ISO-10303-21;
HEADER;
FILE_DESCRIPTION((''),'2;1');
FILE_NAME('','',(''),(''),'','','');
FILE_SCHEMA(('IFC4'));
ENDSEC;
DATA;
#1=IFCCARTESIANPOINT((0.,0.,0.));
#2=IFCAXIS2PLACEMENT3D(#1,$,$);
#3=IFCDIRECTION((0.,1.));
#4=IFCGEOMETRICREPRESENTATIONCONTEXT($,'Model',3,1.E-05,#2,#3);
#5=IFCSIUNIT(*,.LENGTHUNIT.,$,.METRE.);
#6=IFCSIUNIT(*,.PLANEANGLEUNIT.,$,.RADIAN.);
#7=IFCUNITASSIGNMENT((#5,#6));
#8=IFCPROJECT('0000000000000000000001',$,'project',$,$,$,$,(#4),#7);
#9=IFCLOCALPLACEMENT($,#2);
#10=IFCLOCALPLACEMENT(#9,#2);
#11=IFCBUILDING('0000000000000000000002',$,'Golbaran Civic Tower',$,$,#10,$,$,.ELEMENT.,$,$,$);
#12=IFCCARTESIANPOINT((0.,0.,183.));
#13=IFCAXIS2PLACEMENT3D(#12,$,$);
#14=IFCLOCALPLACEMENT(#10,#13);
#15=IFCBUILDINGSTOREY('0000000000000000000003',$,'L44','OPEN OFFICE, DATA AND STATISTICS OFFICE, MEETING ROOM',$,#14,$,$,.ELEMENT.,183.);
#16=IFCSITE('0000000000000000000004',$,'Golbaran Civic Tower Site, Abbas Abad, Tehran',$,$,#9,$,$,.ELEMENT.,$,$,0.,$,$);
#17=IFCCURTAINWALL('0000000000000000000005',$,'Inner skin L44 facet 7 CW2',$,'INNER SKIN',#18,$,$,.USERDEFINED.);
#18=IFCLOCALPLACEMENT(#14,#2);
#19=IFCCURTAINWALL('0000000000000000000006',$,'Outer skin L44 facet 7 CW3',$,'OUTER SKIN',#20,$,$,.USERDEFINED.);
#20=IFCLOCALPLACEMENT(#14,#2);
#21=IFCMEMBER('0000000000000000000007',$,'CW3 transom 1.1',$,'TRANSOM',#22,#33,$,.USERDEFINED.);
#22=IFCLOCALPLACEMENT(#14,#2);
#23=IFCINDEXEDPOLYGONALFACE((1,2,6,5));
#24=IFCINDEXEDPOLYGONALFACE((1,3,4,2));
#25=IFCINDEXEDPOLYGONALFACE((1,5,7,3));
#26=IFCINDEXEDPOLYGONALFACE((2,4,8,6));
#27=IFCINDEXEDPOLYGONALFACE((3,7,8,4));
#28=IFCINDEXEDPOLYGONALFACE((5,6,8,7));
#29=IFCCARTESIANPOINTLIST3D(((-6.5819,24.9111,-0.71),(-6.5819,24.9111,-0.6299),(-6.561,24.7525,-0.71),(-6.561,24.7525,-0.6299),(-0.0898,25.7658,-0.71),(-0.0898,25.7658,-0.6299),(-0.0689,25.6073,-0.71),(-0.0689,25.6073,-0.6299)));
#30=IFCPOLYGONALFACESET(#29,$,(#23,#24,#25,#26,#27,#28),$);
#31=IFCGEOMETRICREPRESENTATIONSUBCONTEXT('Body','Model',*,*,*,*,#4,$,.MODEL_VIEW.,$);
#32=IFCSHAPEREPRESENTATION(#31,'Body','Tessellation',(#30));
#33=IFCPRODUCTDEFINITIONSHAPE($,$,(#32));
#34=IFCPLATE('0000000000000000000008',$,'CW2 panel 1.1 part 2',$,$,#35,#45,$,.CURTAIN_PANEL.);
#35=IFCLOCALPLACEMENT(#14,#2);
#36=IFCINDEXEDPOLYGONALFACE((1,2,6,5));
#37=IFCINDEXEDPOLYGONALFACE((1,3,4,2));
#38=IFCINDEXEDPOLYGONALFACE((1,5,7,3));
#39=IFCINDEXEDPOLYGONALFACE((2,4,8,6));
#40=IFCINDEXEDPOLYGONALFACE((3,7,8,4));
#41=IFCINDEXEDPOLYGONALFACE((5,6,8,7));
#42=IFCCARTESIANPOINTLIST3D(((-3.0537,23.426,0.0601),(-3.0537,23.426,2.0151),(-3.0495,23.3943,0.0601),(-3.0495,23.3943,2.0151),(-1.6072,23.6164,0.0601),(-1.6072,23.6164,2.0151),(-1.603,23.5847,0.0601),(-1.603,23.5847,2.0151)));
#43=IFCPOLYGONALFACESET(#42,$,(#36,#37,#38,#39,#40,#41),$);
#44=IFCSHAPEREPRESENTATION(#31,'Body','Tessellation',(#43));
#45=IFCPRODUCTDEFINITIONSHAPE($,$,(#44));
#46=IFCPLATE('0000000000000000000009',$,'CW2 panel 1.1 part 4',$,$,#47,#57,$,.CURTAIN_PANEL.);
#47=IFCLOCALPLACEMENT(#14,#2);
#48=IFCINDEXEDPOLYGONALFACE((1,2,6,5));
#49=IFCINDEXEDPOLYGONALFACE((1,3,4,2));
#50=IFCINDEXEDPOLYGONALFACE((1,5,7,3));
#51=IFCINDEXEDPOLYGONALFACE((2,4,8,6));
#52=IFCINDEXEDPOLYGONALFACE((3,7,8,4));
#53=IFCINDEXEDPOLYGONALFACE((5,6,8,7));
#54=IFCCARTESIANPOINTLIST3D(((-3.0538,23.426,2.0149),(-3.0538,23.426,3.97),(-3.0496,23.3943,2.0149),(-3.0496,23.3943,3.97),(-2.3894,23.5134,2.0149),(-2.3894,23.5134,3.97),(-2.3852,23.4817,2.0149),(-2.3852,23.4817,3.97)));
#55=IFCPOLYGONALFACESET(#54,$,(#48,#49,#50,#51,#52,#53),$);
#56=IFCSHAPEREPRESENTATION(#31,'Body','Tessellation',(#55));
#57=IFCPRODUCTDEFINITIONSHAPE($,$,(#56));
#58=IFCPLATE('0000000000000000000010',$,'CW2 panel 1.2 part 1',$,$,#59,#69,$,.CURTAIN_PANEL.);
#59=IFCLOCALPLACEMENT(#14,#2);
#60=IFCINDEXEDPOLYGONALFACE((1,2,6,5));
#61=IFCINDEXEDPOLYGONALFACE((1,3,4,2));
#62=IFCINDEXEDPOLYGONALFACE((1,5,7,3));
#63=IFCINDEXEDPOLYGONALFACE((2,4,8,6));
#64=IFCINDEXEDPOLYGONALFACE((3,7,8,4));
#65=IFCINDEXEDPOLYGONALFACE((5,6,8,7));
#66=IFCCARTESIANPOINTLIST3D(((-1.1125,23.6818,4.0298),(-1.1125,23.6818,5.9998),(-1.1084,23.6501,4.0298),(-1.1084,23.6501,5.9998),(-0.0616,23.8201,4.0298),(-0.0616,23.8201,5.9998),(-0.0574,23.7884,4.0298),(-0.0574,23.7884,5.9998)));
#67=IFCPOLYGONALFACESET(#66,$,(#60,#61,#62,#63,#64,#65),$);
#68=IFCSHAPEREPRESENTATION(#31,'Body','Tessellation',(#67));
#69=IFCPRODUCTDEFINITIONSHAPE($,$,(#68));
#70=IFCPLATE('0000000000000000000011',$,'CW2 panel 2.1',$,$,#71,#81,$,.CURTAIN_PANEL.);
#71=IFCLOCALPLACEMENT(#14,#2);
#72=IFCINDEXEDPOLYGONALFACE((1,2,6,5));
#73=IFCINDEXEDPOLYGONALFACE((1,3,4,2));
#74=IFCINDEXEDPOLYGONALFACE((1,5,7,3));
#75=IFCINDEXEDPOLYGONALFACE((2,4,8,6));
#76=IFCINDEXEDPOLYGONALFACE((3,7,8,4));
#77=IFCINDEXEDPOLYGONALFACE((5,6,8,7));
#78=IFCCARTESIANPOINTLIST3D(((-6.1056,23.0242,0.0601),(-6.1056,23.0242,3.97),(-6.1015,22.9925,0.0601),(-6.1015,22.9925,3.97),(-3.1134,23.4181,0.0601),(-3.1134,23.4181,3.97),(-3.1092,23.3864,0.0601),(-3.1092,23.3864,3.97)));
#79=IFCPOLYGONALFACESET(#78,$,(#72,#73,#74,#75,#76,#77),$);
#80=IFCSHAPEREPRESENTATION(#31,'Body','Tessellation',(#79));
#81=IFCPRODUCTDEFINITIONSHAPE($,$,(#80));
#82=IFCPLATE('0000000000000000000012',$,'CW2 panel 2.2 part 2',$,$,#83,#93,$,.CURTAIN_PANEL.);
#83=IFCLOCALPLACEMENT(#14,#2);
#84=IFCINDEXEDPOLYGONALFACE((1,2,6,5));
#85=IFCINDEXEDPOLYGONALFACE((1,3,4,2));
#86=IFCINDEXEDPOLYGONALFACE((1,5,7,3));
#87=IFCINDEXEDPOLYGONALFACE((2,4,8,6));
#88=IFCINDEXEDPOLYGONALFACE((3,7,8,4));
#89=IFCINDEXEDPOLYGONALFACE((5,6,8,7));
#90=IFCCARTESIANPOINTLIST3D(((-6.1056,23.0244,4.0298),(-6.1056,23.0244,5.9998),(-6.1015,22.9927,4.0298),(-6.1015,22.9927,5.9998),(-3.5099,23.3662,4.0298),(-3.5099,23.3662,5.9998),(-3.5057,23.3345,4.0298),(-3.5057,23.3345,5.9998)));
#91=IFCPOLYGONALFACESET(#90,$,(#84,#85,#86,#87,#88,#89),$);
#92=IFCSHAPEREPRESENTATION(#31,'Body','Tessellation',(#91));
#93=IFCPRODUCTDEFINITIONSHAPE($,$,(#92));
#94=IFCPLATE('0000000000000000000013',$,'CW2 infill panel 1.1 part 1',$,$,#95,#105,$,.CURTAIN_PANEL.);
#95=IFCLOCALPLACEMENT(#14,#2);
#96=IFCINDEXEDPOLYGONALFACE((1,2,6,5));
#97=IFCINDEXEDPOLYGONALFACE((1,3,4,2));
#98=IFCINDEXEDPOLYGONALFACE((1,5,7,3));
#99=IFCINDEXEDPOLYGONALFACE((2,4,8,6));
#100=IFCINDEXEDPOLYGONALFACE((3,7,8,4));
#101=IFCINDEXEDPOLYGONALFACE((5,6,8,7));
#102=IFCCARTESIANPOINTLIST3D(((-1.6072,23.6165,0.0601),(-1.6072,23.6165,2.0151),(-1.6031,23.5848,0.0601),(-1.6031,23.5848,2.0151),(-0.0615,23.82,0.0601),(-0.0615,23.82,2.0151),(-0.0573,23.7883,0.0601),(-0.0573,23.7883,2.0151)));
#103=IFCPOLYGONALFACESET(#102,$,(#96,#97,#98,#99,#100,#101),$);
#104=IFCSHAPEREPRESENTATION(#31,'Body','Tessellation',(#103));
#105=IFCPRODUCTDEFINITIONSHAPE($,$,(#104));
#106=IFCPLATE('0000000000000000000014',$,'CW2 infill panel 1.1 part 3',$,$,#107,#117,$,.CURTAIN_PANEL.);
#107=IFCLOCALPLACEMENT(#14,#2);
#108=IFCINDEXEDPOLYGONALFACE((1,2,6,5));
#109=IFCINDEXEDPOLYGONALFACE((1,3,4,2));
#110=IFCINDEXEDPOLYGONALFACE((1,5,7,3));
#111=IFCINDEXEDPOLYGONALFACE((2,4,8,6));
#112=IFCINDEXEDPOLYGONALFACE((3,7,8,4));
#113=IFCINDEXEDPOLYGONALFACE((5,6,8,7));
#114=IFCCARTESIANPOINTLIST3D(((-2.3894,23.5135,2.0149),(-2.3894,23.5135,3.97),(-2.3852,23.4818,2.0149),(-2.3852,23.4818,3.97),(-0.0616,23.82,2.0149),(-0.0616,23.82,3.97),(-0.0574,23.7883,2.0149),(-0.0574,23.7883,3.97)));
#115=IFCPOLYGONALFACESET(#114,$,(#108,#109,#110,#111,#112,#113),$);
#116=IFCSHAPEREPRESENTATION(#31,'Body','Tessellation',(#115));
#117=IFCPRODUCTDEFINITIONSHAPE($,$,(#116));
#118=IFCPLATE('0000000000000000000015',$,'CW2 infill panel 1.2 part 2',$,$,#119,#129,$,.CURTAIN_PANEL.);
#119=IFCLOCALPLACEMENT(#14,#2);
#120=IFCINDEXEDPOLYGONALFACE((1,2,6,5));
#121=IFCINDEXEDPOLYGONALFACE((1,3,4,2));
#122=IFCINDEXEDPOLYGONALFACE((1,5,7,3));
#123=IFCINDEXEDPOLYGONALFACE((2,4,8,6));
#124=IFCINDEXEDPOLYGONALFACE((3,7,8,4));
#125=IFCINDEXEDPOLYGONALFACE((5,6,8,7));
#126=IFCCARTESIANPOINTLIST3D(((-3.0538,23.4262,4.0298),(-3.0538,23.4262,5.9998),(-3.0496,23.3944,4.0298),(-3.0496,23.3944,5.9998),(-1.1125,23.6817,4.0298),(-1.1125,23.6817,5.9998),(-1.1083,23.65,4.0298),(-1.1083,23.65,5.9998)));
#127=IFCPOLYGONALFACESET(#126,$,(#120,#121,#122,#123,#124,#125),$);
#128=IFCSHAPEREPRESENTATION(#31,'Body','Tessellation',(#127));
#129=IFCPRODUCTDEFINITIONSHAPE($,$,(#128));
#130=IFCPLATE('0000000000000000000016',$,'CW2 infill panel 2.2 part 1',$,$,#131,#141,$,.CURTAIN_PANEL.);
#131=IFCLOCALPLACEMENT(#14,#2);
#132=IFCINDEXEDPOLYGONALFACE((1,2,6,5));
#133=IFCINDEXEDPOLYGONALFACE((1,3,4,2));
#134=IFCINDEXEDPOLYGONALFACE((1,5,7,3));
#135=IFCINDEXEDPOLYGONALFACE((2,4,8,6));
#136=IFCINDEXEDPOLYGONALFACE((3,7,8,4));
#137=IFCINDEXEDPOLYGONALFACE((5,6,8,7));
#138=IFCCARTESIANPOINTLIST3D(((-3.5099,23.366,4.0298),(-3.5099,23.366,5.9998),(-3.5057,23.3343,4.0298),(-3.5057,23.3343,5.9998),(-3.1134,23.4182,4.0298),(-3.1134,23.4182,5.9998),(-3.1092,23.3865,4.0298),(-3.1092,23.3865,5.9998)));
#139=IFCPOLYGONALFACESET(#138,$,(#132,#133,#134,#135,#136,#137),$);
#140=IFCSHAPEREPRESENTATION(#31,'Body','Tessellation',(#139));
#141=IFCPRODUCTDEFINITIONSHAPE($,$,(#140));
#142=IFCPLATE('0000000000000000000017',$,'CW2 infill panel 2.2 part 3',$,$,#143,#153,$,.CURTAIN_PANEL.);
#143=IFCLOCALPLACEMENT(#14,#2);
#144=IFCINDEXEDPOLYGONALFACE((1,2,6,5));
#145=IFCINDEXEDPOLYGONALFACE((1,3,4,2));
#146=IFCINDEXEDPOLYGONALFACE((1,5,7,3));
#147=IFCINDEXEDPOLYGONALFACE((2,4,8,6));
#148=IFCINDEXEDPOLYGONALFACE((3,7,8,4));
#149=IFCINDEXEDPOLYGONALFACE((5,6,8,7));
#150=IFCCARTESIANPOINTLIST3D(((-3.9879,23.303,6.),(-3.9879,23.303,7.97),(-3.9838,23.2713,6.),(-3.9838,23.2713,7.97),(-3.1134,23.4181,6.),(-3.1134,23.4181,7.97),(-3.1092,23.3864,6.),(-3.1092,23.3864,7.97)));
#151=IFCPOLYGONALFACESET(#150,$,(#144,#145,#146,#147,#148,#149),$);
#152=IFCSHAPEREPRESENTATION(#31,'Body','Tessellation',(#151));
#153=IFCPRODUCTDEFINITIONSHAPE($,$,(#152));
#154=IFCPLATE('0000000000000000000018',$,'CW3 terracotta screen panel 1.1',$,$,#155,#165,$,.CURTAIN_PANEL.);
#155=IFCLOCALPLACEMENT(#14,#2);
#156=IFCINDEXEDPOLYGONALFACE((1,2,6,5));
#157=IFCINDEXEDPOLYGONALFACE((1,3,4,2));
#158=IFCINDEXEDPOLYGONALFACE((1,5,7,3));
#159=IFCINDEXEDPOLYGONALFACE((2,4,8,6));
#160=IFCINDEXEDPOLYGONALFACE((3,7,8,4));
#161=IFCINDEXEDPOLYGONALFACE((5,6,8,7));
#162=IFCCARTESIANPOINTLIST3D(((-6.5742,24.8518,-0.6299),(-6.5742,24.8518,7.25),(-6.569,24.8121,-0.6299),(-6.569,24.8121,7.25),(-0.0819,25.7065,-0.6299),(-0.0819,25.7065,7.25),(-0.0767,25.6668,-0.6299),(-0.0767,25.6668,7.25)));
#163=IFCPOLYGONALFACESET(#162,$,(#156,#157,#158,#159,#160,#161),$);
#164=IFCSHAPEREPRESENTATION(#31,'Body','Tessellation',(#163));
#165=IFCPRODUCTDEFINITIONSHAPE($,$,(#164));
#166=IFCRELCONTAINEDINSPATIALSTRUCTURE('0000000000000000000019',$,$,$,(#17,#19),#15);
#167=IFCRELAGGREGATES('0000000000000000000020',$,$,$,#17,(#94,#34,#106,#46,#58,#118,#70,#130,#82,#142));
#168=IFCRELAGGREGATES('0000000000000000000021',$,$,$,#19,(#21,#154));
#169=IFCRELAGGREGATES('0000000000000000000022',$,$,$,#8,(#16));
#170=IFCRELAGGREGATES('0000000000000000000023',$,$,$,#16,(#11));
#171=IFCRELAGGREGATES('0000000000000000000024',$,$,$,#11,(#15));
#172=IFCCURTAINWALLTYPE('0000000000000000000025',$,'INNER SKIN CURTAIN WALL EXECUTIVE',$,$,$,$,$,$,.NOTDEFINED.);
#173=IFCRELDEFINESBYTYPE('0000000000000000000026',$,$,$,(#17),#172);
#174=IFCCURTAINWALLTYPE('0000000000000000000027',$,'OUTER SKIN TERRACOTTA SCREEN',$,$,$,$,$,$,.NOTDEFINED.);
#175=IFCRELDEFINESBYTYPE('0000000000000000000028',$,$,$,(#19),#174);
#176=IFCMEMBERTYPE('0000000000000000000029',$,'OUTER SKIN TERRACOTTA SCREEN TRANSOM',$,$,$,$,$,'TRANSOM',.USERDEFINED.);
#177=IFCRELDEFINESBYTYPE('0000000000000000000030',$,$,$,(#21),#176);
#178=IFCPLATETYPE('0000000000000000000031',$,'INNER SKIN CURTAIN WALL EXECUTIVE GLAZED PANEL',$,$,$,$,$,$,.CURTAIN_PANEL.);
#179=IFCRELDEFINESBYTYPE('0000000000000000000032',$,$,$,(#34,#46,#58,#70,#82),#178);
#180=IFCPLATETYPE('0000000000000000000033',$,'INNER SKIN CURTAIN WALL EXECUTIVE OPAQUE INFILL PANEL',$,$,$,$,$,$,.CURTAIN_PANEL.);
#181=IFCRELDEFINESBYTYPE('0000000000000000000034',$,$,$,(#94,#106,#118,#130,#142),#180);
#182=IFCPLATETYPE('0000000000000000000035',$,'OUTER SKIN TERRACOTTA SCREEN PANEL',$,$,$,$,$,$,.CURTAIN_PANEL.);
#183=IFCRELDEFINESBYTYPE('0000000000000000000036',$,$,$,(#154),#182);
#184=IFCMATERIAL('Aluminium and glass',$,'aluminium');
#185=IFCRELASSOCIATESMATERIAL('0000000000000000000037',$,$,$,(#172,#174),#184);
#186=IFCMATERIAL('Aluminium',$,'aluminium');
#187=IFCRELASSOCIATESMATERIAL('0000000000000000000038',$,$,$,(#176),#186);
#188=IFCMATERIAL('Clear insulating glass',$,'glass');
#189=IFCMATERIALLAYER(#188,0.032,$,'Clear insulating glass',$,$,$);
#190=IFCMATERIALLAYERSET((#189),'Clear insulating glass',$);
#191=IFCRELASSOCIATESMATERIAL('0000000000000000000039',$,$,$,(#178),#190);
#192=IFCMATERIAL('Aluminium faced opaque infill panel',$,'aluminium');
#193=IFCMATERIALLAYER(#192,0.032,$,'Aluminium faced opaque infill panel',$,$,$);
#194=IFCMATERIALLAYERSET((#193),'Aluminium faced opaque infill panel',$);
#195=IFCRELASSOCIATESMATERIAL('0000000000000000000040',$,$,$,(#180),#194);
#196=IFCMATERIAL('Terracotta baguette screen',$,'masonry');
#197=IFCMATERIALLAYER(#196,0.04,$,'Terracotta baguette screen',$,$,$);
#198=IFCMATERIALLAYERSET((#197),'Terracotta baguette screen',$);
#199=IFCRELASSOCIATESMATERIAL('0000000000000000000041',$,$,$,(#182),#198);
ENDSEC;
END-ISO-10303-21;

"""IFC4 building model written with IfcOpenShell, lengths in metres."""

from ifc_helpers import new_model, si_unit, direction, frame, origin, origin_2d, place, context, subcontext, project, spatial, rectangle, extrude, material, layer, layer_set, material_profile, profile_set, type_object, element, aggregate, save


model = new_model("IFC4")

# Units and contexts
model_context = context("Model", 3, precision=1e-05, world=origin(), true_north=direction((0.0, 1.0)))
body_context = subcontext(model_context, "Body", "Model", "MODEL_VIEW")
ifc_project = project(units=[si_unit("LENGTHUNIT", "METRE"), si_unit("PLANEANGLEUNIT", "RADIAN")], contexts=[model_context])

# Site, building, storey
site_placement = place(None, origin())
site = spatial("IfcSite", under=ifc_project, at=site_placement, Name="Golbaran Civic Tower Site, Abbas Abad, Tehran", CompositionType="ELEMENT", RefElevation=0.0)
building_placement = place(site_placement, origin())
building = spatial("IfcBuilding", under=site, at=building_placement, Name="Golbaran Civic Tower", CompositionType="ELEMENT")
storey_placement = place(building_placement, frame((0.0, 0.0, 183.0)))
storey = spatial("IfcBuildingStorey", under=building, at=storey_placement, Name="L44", Description="OPEN OFFICE, DATA AND STATISTICS OFFICE, MEETING ROOM", CompositionType="ELEMENT", Elevation=183.0)

# Curtain walls, member
ifc_material_1 = material(Name="Aluminium and glass", Category="aluminium")
curtain_wall_type_1 = type_object("IfcCurtainWallType", Name="INNER SKIN CURTAIN WALL EXECUTIVE", PredefinedType="NOTDEFINED", material=ifc_material_1)
curtain_wall_1_placement = place(storey_placement, origin())
curtain_wall_1 = element("IfcCurtainWall", 1, at=curtain_wall_1_placement, inside=storey, type_object=curtain_wall_type_1, Name="Inner skin L44 facet 7 CW2", ObjectType="INNER SKIN", PredefinedType="USERDEFINED")
ifc_material_2 = material(Name="Aluminium", Category="aluminium")
curtain_wall_type_2 = type_object("IfcCurtainWallType", Name="OUTER SKIN TERRACOTTA SCREEN", PredefinedType="NOTDEFINED", material=ifc_material_1)
curtain_wall_2_placement = place(storey_placement, origin())
curtain_wall_2 = element("IfcCurtainWall", 2, at=curtain_wall_2_placement, inside=storey, type_object=curtain_wall_type_2, Name="Outer skin L44 facet 7 CW3", ObjectType="OUTER SKIN", PredefinedType="USERDEFINED")
ifc_material_profile_1 = material_profile(ifc_material_2, rectangle(XDim=0.1599, YDim=0.0801, at=origin_2d()), Name="OUTER SKIN TERRACOTTA SCREEN TRANSOM")
ifc_profile_set_1 = profile_set([ifc_material_profile_1], Name="Aluminium")
member_type_1 = type_object("IfcMemberType", Name="OUTER SKIN TERRACOTTA SCREEN TRANSOM", ElementType="TRANSOM", PredefinedType="USERDEFINED", material=ifc_profile_set_1)
member_1_placement = place(storey_placement, frame((-0.0793, 25.6865, -0.6699), z_axis=(-0.991444, -0.13053, 0.0), x_axis=(0.13053, -0.991444, 0.0)))
member_1 = element("IfcMember", 3, at=member_1_placement, type_object=member_type_1, Name="CW3 transom 1.1", ObjectType="TRANSOM", PredefinedType="USERDEFINED", context=body_context, shape_type="SweptSolid", body=[
    extrude(rectangle(XDim=0.1599, YDim=0.0801, at=origin_2d()), origin(), (0.0, 0.0, 1.0), 6.5481),
])

# Plates
ifc_material_3 = material(Name="Clear insulating glass", Category="glass")
ifc_layer_1 = layer(ifc_material_3, 0.032, Name="Clear insulating glass")
ifc_layer_set_1 = layer_set([ifc_layer_1], Name="Clear insulating glass")
plate_type_1 = type_object("IfcPlateType", Name="INNER SKIN CURTAIN WALL EXECUTIVE GLAZED PANEL", PredefinedType="CURTAIN_PANEL", material=ifc_layer_set_1)
plate_1_placement = place(storey_placement, frame((-2.3284, 23.5054, 0.0601), z_axis=(0.0, 0.0, 1.0), x_axis=(-0.991445, -0.130526, 0.0)))
plate_1 = element("IfcPlate", 4, at=plate_1_placement, type_object=plate_type_1, Name="CW2 panel 1.1 part 2", PredefinedType="CURTAIN_PANEL", context=body_context, shape_type="SweptSolid", body=[
    extrude(rectangle(XDim=1.459, YDim=0.032, at=origin_2d()), origin(), (0.0, 0.0, 1.0), 1.9551),
])
plate_2_placement = place(storey_placement, frame((-2.7195, 23.4539, 2.0149), z_axis=(0.0, 0.0, 1.0), x_axis=(-0.991445, -0.130526, 0.0)))
plate_2 = element("IfcPlate", 5, at=plate_2_placement, type_object=plate_type_1, Name="CW2 panel 1.1 part 4", PredefinedType="CURTAIN_PANEL", context=body_context, shape_type="SweptSolid", body=[
    extrude(rectangle(XDim=0.6702, YDim=0.032, at=origin_2d()), origin(), (0.0, 0.0, 1.0), 1.9551),
])
plate_3_placement = place(storey_placement, frame((-0.585, 23.7351, 4.0298), z_axis=(0.0, 0.0, 1.0), x_axis=(-0.991445, -0.130526, 0.0)))
plate_3 = element("IfcPlate", 6, at=plate_3_placement, type_object=plate_type_1, Name="CW2 panel 1.2 part 1", PredefinedType="CURTAIN_PANEL", context=body_context, shape_type="SweptSolid", body=[
    extrude(rectangle(XDim=1.0601, YDim=0.032, at=origin_2d()), origin(), (0.0, 0.0, 1.0), 1.97),
])
plate_4_placement = place(storey_placement, frame((-4.6074, 23.2053, 0.0601), z_axis=(0.0, 0.0, 1.0), x_axis=(-0.991445, -0.130526, 0.0)))
plate_4 = element("IfcPlate", 7, at=plate_4_placement, type_object=plate_type_1, Name="CW2 panel 2.1", PredefinedType="CURTAIN_PANEL", context=body_context, shape_type="SweptSolid", body=[
    extrude(rectangle(XDim=3.0181, YDim=0.032, at=origin_2d()), origin(), (0.0, 0.0, 1.0), 3.9099),
])
plate_5_placement = place(storey_placement, frame((-4.8057, 23.1794, 4.0298), z_axis=(0.0, 0.0, 1.0), x_axis=(-0.991445, -0.130526, 0.0)))
plate_5 = element("IfcPlate", 8, at=plate_5_placement, type_object=plate_type_1, Name="CW2 panel 2.2 part 2", PredefinedType="CURTAIN_PANEL", context=body_context, shape_type="SweptSolid", body=[
    extrude(rectangle(XDim=2.6182, YDim=0.032, at=origin_2d()), origin(), (0.0, 0.0, 1.0), 1.97),
])
ifc_material_4 = material(Name="Aluminium faced opaque infill panel", Category="aluminium")
ifc_layer_2 = layer(ifc_material_4, 0.032, Name="Aluminium faced opaque infill panel")
ifc_layer_set_2 = layer_set([ifc_layer_2], Name="Aluminium faced opaque infill panel")
plate_type_2 = type_object("IfcPlateType", Name="INNER SKIN CURTAIN WALL EXECUTIVE OPAQUE INFILL PANEL", PredefinedType="CURTAIN_PANEL", material=ifc_layer_set_2)
plate_6_placement = place(storey_placement, frame((-0.8323, 23.7024, 0.0601), z_axis=(0.0, 0.0, 1.0), x_axis=(-0.991445, -0.130526, 0.0)))
plate_6 = element("IfcPlate", 9, at=plate_6_placement, type_object=plate_type_2, Name="CW2 infill panel 1.1 part 1", PredefinedType="CURTAIN_PANEL", context=body_context, shape_type="SweptSolid", body=[
    extrude(rectangle(XDim=1.5591, YDim=0.032, at=origin_2d()), origin(), (0.0, 0.0, 1.0), 1.9551),
])
plate_7_placement = place(storey_placement, frame((-1.2234, 23.6509, 2.0149), z_axis=(0.0, 0.0, 1.0), x_axis=(-0.991445, -0.130526, 0.0)))
plate_7 = element("IfcPlate", 10, at=plate_7_placement, type_object=plate_type_2, Name="CW2 infill panel 1.1 part 3", PredefinedType="CURTAIN_PANEL", context=body_context, shape_type="SweptSolid", body=[
    extrude(rectangle(XDim=2.3479, YDim=0.032, at=origin_2d()), origin(), (0.0, 0.0, 1.0), 1.9551),
])
plate_8_placement = place(storey_placement, frame((-2.0811, 23.5381, 4.0298), z_axis=(0.0, 0.0, 1.0), x_axis=(-0.991445, -0.130526, 0.0)))
plate_8 = element("IfcPlate", 11, at=plate_8_placement, type_object=plate_type_2, Name="CW2 infill panel 1.2 part 2", PredefinedType="CURTAIN_PANEL", context=body_context, shape_type="SweptSolid", body=[
    extrude(rectangle(XDim=1.958, YDim=0.032, at=origin_2d()), origin(), (0.0, 0.0, 1.0), 1.97),
])
plate_9_placement = place(storey_placement, frame((-3.3096, 23.3762, 4.0298), z_axis=(0.0, 0.0, 1.0), x_axis=(-0.991445, -0.130526, 0.0)))
plate_9 = element("IfcPlate", 12, at=plate_9_placement, type_object=plate_type_2, Name="CW2 infill panel 2.2 part 1", PredefinedType="CURTAIN_PANEL", context=body_context, shape_type="SweptSolid", body=[
    extrude(rectangle(XDim=0.3999, YDim=0.032, at=origin_2d()), origin(), (0.0, 0.0, 1.0), 1.97),
])
plate_10_placement = place(storey_placement, frame((-3.5486, 23.3447, 6.0), z_axis=(0.0, 0.0, 1.0), x_axis=(-0.991445, -0.130526, 0.0)))
plate_10 = element("IfcPlate", 13, at=plate_10_placement, type_object=plate_type_2, Name="CW2 infill panel 2.2 part 3", PredefinedType="CURTAIN_PANEL", context=body_context, shape_type="SweptSolid", body=[
    extrude(rectangle(XDim=0.8821, YDim=0.032, at=origin_2d()), origin(), (0.0, 0.0, 1.0), 1.97),
])
aggregate(curtain_wall_1, [plate_6, plate_1, plate_7, plate_2, plate_3, plate_8, plate_4, plate_9, plate_5, plate_10])
ifc_material_5 = material(Name="Terracotta baguette screen", Category="masonry")
ifc_layer_3 = layer(ifc_material_5, 0.04, Name="Terracotta baguette screen")
ifc_layer_set_3 = layer_set([ifc_layer_3], Name="Terracotta baguette screen")
plate_type_3 = type_object("IfcPlateType", Name="OUTER SKIN TERRACOTTA SCREEN PANEL", PredefinedType="CURTAIN_PANEL", material=ifc_layer_set_3)
plate_11_placement = place(storey_placement, frame((-3.3254, 25.2593, -0.6299), z_axis=(0.0, 0.0, 1.0), x_axis=(-0.991445, -0.130526, 0.0)))
plate_11 = element("IfcPlate", 14, at=plate_11_placement, type_object=plate_type_3, Name="CW3 terracotta screen panel 1.1", PredefinedType="CURTAIN_PANEL", context=body_context, shape_type="SweptSolid", body=[
    extrude(rectangle(XDim=6.5483, YDim=0.04, at=origin_2d()), origin(), (0.0, 0.0, 1.0), 7.8799),
])
aggregate(curtain_wall_2, [member_1, plate_11])

save(model, "model.ifc")
